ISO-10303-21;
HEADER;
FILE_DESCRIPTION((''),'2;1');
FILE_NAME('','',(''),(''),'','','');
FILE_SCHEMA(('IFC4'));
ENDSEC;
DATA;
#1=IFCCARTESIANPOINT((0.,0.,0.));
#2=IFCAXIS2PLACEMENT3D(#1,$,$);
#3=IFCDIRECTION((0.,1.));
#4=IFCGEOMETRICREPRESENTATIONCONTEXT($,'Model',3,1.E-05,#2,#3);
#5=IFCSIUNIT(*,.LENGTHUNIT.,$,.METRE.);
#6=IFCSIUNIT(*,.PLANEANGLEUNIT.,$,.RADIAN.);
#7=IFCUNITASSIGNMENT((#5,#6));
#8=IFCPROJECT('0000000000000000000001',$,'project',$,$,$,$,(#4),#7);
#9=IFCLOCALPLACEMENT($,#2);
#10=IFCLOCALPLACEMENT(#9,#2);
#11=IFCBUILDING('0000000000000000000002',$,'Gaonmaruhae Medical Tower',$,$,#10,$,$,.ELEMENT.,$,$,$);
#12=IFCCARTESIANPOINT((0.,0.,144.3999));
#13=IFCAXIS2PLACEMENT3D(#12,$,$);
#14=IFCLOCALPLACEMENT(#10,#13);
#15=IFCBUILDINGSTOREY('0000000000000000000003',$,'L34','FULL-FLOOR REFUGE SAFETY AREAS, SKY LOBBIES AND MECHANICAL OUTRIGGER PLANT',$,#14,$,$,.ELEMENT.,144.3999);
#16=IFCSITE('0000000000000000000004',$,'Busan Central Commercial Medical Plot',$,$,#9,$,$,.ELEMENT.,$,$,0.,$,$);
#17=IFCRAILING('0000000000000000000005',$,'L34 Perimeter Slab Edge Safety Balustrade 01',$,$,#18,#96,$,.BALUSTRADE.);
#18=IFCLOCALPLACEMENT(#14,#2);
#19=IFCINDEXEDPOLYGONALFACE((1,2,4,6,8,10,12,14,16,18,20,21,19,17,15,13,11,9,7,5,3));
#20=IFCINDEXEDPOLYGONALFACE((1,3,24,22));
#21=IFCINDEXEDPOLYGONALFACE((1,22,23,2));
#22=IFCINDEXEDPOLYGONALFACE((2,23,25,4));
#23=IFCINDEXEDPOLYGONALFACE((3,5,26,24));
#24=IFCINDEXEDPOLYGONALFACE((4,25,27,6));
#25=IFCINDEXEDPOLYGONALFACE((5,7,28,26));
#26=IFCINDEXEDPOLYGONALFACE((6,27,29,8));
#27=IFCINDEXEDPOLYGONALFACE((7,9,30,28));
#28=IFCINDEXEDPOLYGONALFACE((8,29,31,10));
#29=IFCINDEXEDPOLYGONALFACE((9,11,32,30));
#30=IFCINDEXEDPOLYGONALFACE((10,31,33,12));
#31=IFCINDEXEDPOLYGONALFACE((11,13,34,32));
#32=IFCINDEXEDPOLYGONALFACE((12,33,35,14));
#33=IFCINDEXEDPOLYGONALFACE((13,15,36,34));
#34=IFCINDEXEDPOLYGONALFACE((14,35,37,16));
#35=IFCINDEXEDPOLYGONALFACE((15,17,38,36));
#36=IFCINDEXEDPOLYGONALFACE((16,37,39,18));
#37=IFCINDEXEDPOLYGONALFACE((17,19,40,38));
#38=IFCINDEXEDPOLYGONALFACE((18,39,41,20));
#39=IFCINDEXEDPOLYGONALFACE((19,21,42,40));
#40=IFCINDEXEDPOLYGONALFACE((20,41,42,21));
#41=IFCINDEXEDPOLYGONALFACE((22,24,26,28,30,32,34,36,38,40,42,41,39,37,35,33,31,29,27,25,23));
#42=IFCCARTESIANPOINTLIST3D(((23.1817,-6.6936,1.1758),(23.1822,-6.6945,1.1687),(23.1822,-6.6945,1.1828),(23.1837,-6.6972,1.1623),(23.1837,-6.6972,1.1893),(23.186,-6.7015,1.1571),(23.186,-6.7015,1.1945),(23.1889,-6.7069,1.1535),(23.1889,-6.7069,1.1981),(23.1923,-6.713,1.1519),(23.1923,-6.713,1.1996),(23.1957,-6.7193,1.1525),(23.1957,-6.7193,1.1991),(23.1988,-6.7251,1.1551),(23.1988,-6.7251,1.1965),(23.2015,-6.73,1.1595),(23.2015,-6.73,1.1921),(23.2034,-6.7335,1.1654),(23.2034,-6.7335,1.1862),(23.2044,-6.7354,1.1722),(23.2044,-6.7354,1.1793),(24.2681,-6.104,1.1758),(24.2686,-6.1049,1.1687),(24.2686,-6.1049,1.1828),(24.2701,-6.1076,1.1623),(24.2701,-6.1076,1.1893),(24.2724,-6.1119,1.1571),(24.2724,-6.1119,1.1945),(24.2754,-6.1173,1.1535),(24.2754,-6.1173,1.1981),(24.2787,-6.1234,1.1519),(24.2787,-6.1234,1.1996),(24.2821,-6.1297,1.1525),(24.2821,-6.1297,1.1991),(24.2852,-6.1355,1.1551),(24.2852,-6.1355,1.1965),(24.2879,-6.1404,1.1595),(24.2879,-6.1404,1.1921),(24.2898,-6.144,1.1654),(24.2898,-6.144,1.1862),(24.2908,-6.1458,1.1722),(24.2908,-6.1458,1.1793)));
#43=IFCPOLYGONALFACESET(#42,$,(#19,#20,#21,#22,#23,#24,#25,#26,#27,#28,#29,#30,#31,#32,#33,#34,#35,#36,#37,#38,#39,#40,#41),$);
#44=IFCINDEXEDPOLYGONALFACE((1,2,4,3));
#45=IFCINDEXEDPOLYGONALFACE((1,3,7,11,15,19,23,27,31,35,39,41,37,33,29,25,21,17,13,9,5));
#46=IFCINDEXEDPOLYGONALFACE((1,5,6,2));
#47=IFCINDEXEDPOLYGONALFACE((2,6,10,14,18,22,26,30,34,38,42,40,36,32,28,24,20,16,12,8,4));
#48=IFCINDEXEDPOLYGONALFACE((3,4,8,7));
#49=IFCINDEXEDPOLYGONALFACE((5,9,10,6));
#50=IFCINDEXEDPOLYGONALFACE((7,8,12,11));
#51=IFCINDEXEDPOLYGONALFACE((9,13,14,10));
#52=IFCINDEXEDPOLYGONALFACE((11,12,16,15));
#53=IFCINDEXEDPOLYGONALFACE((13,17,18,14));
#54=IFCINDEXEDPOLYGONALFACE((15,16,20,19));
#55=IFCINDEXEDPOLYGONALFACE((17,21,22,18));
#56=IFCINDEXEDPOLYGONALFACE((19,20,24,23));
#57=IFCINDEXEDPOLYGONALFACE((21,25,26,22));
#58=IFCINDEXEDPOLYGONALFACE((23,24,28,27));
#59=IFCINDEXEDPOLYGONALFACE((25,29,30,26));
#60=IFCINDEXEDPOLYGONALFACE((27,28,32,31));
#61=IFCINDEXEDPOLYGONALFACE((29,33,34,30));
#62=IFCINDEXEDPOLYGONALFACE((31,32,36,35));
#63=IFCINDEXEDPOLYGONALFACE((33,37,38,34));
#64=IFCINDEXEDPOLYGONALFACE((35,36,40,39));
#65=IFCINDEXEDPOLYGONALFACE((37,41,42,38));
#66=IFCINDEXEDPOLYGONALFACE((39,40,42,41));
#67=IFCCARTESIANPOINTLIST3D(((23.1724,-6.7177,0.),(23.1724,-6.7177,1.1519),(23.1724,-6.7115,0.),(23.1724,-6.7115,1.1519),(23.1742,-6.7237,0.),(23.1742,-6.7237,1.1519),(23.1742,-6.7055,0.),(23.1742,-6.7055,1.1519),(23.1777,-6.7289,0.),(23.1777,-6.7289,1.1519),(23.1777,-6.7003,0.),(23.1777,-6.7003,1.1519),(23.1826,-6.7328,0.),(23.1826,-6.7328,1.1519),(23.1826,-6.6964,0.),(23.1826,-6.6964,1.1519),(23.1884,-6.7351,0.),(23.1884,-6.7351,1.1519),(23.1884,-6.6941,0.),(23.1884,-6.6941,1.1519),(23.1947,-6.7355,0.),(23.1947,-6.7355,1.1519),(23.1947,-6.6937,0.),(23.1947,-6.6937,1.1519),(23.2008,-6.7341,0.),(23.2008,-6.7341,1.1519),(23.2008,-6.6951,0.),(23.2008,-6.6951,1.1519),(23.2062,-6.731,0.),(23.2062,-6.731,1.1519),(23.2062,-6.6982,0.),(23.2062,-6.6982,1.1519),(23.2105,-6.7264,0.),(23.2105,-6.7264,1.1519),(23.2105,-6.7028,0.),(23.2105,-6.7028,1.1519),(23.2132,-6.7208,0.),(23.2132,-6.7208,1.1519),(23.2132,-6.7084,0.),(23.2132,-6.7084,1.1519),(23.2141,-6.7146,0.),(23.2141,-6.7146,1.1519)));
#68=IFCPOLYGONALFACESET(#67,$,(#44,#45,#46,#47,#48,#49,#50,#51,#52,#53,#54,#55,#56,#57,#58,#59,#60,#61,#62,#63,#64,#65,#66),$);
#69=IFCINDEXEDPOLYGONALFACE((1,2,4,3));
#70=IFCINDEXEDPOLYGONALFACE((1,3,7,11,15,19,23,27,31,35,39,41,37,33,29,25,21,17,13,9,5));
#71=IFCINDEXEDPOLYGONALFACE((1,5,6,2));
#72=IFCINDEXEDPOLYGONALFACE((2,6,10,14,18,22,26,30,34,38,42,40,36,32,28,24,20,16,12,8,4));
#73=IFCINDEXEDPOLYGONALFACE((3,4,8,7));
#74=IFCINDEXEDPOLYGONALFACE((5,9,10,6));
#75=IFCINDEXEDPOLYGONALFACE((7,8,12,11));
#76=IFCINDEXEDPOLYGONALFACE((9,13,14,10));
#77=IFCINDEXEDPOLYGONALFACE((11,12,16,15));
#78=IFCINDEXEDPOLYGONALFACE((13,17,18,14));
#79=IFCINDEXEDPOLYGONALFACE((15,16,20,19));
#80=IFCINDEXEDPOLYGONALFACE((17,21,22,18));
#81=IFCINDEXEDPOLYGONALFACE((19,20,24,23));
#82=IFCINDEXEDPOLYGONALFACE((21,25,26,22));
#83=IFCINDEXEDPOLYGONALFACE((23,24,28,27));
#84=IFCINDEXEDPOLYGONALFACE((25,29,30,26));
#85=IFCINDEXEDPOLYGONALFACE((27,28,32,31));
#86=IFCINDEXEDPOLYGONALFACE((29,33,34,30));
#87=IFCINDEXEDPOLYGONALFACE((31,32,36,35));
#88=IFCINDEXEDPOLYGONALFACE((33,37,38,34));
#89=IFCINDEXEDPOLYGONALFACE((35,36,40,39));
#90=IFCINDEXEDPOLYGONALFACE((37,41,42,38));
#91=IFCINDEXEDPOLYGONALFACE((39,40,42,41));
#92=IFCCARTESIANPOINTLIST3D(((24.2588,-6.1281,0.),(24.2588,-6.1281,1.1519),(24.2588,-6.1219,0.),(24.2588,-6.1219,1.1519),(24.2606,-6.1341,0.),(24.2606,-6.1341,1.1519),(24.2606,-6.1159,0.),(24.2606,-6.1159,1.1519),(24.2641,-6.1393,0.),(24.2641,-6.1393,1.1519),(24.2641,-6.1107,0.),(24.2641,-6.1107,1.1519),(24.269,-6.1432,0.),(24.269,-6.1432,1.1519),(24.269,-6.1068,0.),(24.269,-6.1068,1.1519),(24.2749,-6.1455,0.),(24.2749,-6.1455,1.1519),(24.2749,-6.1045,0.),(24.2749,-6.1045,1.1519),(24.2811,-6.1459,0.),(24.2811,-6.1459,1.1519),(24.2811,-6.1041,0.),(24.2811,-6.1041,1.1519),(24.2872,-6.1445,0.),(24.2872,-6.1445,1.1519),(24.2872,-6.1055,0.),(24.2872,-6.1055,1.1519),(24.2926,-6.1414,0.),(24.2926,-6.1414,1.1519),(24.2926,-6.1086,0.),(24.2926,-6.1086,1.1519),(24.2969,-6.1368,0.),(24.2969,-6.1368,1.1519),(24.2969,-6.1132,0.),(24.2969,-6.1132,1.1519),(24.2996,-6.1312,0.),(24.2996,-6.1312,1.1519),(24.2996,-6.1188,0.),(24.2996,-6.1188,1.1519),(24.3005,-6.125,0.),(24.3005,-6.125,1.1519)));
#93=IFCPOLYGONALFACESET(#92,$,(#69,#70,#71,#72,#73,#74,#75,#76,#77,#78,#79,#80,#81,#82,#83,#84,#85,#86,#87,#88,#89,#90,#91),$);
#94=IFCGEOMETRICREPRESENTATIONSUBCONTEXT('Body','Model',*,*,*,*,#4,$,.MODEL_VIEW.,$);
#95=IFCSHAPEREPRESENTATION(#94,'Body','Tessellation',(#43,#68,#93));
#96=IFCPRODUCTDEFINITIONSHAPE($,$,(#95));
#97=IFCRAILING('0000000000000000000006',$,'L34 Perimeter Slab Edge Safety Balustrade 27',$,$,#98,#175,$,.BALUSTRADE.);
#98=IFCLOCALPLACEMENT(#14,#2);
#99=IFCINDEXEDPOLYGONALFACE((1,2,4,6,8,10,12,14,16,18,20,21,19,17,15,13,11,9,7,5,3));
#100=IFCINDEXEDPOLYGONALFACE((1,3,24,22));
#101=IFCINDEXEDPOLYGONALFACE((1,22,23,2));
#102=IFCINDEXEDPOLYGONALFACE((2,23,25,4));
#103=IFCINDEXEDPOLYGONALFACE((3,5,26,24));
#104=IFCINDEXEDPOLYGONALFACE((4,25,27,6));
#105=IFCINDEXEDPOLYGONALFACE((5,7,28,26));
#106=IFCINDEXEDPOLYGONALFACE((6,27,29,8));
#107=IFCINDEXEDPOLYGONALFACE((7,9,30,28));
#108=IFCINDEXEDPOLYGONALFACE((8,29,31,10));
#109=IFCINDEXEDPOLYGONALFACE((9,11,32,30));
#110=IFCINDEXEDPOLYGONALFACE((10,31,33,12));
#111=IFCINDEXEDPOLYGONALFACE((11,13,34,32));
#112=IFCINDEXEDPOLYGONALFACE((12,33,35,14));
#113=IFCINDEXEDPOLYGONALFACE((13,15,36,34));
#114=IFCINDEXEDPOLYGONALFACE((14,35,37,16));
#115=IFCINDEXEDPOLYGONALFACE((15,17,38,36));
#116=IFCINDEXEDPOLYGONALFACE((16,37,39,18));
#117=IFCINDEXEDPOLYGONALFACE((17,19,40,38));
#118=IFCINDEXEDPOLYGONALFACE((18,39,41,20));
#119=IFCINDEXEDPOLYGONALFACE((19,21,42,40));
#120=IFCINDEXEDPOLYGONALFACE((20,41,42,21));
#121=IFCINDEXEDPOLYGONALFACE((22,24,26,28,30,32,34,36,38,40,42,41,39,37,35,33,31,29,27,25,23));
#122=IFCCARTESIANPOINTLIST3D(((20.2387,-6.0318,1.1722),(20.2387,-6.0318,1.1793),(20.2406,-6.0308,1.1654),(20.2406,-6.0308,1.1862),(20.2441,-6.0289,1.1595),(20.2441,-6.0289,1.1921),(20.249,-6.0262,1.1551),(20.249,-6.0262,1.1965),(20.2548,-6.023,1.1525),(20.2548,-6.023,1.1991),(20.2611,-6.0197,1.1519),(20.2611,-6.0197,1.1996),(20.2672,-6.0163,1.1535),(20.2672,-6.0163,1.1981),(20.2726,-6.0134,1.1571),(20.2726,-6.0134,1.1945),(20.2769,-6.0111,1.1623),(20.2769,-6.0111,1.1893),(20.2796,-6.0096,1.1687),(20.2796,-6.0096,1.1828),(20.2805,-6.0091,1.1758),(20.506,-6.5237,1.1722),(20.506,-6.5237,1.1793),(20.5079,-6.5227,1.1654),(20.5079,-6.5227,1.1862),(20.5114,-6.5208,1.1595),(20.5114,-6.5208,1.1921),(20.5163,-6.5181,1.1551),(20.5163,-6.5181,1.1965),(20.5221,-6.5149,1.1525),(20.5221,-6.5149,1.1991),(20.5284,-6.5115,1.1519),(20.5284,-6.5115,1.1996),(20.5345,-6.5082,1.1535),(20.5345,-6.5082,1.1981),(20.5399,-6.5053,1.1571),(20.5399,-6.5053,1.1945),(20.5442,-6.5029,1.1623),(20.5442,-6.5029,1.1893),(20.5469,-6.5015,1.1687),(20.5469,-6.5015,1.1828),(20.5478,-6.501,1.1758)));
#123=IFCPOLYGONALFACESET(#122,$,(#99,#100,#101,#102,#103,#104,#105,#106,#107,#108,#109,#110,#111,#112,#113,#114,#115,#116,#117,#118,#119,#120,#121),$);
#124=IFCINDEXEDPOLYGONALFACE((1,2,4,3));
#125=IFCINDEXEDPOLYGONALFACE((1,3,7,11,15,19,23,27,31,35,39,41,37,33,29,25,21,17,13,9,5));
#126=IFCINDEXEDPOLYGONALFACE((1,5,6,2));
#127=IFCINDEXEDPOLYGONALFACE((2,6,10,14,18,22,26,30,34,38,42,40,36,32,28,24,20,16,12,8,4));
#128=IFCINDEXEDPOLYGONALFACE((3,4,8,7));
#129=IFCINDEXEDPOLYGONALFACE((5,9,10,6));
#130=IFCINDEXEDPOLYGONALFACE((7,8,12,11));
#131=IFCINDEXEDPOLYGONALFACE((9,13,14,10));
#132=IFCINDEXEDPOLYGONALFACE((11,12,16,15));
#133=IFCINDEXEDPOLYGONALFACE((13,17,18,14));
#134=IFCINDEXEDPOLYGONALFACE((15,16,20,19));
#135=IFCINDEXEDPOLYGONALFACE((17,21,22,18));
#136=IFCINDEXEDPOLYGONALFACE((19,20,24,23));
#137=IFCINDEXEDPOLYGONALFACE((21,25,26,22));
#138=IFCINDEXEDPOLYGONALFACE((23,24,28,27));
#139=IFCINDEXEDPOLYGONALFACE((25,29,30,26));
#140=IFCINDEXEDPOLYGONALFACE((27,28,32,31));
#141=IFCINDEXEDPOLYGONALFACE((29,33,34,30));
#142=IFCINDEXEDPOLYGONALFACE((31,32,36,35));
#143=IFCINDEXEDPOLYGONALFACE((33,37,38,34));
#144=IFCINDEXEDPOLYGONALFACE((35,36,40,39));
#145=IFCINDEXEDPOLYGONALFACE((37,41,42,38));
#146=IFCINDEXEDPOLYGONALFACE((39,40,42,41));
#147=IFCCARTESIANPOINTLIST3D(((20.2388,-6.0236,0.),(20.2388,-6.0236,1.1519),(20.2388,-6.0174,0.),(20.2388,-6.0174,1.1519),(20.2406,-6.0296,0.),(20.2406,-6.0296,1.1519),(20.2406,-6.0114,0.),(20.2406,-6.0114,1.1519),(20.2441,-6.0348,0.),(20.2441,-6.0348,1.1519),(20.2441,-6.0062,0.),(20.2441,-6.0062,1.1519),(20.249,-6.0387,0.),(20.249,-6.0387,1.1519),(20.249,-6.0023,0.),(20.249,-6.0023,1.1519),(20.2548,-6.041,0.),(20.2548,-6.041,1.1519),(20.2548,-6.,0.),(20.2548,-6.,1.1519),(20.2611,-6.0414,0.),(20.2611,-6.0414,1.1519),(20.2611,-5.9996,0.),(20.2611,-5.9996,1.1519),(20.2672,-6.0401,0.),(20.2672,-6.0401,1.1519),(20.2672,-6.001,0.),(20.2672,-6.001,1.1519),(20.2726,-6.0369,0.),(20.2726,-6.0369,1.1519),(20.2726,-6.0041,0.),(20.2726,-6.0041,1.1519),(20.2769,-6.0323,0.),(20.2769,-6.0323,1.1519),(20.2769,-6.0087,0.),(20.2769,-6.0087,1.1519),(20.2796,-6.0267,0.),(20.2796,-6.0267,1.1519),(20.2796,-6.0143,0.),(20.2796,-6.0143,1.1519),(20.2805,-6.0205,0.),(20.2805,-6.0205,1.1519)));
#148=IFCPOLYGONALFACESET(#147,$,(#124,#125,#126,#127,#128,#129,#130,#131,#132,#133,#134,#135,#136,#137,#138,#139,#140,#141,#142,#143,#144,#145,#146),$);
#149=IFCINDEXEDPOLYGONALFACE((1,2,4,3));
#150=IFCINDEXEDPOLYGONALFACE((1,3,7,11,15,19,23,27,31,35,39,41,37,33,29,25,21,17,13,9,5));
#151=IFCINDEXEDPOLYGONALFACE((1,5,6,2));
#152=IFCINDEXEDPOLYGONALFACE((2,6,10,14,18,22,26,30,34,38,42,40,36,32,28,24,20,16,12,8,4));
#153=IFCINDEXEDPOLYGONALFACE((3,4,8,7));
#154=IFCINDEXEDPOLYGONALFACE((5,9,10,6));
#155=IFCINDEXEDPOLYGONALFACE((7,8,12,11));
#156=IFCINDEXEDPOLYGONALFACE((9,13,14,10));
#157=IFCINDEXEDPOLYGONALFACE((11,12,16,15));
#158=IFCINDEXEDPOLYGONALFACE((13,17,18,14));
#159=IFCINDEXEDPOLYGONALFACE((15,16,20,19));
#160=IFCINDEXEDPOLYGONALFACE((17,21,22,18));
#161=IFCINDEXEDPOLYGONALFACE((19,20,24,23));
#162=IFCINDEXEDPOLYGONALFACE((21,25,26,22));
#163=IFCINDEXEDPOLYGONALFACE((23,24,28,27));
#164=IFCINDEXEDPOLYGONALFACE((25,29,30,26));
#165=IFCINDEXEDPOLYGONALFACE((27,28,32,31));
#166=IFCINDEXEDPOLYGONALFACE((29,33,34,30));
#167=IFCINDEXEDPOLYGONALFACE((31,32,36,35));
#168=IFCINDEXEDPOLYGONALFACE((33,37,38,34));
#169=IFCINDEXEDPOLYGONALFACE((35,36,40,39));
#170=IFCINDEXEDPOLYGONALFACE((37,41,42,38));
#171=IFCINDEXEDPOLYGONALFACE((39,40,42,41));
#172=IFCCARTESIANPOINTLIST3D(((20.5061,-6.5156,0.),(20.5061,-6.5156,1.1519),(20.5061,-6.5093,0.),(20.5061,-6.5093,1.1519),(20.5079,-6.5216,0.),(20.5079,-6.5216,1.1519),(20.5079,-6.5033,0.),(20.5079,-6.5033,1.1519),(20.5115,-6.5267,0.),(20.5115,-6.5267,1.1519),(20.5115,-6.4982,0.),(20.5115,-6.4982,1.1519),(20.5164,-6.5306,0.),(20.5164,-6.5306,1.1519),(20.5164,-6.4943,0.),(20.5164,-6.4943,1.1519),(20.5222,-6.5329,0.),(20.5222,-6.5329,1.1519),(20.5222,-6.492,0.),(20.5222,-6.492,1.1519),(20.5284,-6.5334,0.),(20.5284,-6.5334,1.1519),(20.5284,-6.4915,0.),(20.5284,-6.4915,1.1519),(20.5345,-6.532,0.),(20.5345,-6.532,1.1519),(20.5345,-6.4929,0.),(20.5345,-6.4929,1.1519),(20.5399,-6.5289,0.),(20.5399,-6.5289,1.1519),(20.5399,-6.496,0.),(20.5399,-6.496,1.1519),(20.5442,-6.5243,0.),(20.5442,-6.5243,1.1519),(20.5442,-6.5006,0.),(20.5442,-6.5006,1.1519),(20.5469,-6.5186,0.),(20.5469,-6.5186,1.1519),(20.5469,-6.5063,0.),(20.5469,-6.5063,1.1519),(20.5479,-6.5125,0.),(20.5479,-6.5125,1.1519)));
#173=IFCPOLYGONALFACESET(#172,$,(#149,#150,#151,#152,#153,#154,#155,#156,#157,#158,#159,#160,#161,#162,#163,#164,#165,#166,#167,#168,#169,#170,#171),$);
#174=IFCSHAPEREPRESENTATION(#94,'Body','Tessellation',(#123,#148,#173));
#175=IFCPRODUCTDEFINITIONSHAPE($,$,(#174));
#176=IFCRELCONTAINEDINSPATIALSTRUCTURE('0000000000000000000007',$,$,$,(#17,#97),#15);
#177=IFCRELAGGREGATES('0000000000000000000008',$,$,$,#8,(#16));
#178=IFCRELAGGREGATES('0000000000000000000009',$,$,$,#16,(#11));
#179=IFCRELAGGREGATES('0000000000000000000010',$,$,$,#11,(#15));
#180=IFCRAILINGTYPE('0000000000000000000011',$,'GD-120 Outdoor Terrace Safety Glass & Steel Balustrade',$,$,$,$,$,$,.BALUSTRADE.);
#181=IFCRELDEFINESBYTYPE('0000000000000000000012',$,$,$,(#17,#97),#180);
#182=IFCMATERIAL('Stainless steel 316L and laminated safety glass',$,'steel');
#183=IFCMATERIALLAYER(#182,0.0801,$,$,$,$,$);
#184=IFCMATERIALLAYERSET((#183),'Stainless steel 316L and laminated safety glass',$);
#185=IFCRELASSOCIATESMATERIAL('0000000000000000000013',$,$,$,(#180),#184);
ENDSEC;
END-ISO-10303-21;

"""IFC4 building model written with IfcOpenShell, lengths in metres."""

from ifc_helpers import new_model, si_unit, direction, frame, origin, origin_2d, place, context, subcontext, project, spatial, circle, extrude, material, layer, layer_set, type_object, element, save


model = new_model("IFC4")

# Units and contexts
model_context = context("Model", 3, precision=1e-05, world=origin(), true_north=direction((0.0, 1.0)))
body_context = subcontext(model_context, "Body", "Model", "MODEL_VIEW")
ifc_project = project(units=[si_unit("LENGTHUNIT", "METRE"), si_unit("PLANEANGLEUNIT", "RADIAN")], contexts=[model_context])

# Site, building, storey
site_placement = place(None, origin())
site = spatial("IfcSite", under=ifc_project, at=site_placement, Name="Busan Central Commercial Medical Plot", CompositionType="ELEMENT", RefElevation=0.0)
building_placement = place(site_placement, origin())
building = spatial("IfcBuilding", under=site, at=building_placement, Name="Gaonmaruhae Medical Tower", CompositionType="ELEMENT")
storey_placement = place(building_placement, frame((0.0, 0.0, 144.3999)))
storey = spatial("IfcBuildingStorey", under=building, at=storey_placement, Name="L34", Description="FULL-FLOOR REFUGE SAFETY AREAS, SKY LOBBIES AND MECHANICAL OUTRIGGER PLANT", CompositionType="ELEMENT", Elevation=144.3999)

# Railings
ifc_material_1 = material(Name="Stainless steel 316L and laminated safety glass", Category="steel")
ifc_layer_1 = layer(ifc_material_1, 0.0801)
ifc_layer_set_1 = layer_set([ifc_layer_1], Name="Stainless steel 316L and laminated safety glass")
railing_type = type_object("IfcRailingType", Name="GD-120 Outdoor Terrace Safety Glass & Steel Balustrade", PredefinedType="BALUSTRADE", material=ifc_layer_set_1)
railing_1_placement = place(storey_placement, frame((23.1931, -6.7146, 0.0)))
element("IfcRailing", 1, at=railing_1_placement, inside=storey, type_object=railing_type, Name="L34 Perimeter Slab Edge Safety Balustrade 01", PredefinedType="BALUSTRADE", context=body_context, shape_type="SweptSolid", body=[
    extrude(circle(Radius=0.0239, at=origin_2d()), frame((0.0, 0.0, 1.1758), z_axis=(0.878913, 0.476983, 0.0), x_axis=(-0.476983, 0.878913, 0.0)), (0.0, 0.0, 1.0), 1.2361),
    extrude(circle(Radius=0.021, at=origin_2d()), origin(), (0.0, 0.0, 1.0), 1.1519),
    extrude(circle(Radius=0.021, at=origin_2d()), frame((1.0864, 0.5896, 0.0)), (0.0, 0.0, 1.0), 1.1519),
])
railing_2_placement = place(storey_placement, frame((20.2595, -6.0205, 0.0)))
element("IfcRailing", 2, at=railing_2_placement, inside=storey, type_object=railing_type, Name="L34 Perimeter Slab Edge Safety Balustrade 27", PredefinedType="BALUSTRADE", context=body_context, shape_type="SweptSolid", body=[
    extrude(circle(Radius=0.0239, at=origin_2d()), frame((0.0, 0.0, 1.1758), z_axis=(0.477477, -0.878644, 0.0), x_axis=(0.878644, 0.477477, 0.0)), (0.0, 0.0, 1.0), 0.5598),
    extrude(circle(Radius=0.021, at=origin_2d()), origin(), (0.0, 0.0, 1.0), 1.1519),
    extrude(circle(Radius=0.021, at=origin_2d()), frame((0.2673, -0.4919, 0.0)), (0.0, 0.0, 1.0), 1.1519),
])

save(model, "model.ifc")
